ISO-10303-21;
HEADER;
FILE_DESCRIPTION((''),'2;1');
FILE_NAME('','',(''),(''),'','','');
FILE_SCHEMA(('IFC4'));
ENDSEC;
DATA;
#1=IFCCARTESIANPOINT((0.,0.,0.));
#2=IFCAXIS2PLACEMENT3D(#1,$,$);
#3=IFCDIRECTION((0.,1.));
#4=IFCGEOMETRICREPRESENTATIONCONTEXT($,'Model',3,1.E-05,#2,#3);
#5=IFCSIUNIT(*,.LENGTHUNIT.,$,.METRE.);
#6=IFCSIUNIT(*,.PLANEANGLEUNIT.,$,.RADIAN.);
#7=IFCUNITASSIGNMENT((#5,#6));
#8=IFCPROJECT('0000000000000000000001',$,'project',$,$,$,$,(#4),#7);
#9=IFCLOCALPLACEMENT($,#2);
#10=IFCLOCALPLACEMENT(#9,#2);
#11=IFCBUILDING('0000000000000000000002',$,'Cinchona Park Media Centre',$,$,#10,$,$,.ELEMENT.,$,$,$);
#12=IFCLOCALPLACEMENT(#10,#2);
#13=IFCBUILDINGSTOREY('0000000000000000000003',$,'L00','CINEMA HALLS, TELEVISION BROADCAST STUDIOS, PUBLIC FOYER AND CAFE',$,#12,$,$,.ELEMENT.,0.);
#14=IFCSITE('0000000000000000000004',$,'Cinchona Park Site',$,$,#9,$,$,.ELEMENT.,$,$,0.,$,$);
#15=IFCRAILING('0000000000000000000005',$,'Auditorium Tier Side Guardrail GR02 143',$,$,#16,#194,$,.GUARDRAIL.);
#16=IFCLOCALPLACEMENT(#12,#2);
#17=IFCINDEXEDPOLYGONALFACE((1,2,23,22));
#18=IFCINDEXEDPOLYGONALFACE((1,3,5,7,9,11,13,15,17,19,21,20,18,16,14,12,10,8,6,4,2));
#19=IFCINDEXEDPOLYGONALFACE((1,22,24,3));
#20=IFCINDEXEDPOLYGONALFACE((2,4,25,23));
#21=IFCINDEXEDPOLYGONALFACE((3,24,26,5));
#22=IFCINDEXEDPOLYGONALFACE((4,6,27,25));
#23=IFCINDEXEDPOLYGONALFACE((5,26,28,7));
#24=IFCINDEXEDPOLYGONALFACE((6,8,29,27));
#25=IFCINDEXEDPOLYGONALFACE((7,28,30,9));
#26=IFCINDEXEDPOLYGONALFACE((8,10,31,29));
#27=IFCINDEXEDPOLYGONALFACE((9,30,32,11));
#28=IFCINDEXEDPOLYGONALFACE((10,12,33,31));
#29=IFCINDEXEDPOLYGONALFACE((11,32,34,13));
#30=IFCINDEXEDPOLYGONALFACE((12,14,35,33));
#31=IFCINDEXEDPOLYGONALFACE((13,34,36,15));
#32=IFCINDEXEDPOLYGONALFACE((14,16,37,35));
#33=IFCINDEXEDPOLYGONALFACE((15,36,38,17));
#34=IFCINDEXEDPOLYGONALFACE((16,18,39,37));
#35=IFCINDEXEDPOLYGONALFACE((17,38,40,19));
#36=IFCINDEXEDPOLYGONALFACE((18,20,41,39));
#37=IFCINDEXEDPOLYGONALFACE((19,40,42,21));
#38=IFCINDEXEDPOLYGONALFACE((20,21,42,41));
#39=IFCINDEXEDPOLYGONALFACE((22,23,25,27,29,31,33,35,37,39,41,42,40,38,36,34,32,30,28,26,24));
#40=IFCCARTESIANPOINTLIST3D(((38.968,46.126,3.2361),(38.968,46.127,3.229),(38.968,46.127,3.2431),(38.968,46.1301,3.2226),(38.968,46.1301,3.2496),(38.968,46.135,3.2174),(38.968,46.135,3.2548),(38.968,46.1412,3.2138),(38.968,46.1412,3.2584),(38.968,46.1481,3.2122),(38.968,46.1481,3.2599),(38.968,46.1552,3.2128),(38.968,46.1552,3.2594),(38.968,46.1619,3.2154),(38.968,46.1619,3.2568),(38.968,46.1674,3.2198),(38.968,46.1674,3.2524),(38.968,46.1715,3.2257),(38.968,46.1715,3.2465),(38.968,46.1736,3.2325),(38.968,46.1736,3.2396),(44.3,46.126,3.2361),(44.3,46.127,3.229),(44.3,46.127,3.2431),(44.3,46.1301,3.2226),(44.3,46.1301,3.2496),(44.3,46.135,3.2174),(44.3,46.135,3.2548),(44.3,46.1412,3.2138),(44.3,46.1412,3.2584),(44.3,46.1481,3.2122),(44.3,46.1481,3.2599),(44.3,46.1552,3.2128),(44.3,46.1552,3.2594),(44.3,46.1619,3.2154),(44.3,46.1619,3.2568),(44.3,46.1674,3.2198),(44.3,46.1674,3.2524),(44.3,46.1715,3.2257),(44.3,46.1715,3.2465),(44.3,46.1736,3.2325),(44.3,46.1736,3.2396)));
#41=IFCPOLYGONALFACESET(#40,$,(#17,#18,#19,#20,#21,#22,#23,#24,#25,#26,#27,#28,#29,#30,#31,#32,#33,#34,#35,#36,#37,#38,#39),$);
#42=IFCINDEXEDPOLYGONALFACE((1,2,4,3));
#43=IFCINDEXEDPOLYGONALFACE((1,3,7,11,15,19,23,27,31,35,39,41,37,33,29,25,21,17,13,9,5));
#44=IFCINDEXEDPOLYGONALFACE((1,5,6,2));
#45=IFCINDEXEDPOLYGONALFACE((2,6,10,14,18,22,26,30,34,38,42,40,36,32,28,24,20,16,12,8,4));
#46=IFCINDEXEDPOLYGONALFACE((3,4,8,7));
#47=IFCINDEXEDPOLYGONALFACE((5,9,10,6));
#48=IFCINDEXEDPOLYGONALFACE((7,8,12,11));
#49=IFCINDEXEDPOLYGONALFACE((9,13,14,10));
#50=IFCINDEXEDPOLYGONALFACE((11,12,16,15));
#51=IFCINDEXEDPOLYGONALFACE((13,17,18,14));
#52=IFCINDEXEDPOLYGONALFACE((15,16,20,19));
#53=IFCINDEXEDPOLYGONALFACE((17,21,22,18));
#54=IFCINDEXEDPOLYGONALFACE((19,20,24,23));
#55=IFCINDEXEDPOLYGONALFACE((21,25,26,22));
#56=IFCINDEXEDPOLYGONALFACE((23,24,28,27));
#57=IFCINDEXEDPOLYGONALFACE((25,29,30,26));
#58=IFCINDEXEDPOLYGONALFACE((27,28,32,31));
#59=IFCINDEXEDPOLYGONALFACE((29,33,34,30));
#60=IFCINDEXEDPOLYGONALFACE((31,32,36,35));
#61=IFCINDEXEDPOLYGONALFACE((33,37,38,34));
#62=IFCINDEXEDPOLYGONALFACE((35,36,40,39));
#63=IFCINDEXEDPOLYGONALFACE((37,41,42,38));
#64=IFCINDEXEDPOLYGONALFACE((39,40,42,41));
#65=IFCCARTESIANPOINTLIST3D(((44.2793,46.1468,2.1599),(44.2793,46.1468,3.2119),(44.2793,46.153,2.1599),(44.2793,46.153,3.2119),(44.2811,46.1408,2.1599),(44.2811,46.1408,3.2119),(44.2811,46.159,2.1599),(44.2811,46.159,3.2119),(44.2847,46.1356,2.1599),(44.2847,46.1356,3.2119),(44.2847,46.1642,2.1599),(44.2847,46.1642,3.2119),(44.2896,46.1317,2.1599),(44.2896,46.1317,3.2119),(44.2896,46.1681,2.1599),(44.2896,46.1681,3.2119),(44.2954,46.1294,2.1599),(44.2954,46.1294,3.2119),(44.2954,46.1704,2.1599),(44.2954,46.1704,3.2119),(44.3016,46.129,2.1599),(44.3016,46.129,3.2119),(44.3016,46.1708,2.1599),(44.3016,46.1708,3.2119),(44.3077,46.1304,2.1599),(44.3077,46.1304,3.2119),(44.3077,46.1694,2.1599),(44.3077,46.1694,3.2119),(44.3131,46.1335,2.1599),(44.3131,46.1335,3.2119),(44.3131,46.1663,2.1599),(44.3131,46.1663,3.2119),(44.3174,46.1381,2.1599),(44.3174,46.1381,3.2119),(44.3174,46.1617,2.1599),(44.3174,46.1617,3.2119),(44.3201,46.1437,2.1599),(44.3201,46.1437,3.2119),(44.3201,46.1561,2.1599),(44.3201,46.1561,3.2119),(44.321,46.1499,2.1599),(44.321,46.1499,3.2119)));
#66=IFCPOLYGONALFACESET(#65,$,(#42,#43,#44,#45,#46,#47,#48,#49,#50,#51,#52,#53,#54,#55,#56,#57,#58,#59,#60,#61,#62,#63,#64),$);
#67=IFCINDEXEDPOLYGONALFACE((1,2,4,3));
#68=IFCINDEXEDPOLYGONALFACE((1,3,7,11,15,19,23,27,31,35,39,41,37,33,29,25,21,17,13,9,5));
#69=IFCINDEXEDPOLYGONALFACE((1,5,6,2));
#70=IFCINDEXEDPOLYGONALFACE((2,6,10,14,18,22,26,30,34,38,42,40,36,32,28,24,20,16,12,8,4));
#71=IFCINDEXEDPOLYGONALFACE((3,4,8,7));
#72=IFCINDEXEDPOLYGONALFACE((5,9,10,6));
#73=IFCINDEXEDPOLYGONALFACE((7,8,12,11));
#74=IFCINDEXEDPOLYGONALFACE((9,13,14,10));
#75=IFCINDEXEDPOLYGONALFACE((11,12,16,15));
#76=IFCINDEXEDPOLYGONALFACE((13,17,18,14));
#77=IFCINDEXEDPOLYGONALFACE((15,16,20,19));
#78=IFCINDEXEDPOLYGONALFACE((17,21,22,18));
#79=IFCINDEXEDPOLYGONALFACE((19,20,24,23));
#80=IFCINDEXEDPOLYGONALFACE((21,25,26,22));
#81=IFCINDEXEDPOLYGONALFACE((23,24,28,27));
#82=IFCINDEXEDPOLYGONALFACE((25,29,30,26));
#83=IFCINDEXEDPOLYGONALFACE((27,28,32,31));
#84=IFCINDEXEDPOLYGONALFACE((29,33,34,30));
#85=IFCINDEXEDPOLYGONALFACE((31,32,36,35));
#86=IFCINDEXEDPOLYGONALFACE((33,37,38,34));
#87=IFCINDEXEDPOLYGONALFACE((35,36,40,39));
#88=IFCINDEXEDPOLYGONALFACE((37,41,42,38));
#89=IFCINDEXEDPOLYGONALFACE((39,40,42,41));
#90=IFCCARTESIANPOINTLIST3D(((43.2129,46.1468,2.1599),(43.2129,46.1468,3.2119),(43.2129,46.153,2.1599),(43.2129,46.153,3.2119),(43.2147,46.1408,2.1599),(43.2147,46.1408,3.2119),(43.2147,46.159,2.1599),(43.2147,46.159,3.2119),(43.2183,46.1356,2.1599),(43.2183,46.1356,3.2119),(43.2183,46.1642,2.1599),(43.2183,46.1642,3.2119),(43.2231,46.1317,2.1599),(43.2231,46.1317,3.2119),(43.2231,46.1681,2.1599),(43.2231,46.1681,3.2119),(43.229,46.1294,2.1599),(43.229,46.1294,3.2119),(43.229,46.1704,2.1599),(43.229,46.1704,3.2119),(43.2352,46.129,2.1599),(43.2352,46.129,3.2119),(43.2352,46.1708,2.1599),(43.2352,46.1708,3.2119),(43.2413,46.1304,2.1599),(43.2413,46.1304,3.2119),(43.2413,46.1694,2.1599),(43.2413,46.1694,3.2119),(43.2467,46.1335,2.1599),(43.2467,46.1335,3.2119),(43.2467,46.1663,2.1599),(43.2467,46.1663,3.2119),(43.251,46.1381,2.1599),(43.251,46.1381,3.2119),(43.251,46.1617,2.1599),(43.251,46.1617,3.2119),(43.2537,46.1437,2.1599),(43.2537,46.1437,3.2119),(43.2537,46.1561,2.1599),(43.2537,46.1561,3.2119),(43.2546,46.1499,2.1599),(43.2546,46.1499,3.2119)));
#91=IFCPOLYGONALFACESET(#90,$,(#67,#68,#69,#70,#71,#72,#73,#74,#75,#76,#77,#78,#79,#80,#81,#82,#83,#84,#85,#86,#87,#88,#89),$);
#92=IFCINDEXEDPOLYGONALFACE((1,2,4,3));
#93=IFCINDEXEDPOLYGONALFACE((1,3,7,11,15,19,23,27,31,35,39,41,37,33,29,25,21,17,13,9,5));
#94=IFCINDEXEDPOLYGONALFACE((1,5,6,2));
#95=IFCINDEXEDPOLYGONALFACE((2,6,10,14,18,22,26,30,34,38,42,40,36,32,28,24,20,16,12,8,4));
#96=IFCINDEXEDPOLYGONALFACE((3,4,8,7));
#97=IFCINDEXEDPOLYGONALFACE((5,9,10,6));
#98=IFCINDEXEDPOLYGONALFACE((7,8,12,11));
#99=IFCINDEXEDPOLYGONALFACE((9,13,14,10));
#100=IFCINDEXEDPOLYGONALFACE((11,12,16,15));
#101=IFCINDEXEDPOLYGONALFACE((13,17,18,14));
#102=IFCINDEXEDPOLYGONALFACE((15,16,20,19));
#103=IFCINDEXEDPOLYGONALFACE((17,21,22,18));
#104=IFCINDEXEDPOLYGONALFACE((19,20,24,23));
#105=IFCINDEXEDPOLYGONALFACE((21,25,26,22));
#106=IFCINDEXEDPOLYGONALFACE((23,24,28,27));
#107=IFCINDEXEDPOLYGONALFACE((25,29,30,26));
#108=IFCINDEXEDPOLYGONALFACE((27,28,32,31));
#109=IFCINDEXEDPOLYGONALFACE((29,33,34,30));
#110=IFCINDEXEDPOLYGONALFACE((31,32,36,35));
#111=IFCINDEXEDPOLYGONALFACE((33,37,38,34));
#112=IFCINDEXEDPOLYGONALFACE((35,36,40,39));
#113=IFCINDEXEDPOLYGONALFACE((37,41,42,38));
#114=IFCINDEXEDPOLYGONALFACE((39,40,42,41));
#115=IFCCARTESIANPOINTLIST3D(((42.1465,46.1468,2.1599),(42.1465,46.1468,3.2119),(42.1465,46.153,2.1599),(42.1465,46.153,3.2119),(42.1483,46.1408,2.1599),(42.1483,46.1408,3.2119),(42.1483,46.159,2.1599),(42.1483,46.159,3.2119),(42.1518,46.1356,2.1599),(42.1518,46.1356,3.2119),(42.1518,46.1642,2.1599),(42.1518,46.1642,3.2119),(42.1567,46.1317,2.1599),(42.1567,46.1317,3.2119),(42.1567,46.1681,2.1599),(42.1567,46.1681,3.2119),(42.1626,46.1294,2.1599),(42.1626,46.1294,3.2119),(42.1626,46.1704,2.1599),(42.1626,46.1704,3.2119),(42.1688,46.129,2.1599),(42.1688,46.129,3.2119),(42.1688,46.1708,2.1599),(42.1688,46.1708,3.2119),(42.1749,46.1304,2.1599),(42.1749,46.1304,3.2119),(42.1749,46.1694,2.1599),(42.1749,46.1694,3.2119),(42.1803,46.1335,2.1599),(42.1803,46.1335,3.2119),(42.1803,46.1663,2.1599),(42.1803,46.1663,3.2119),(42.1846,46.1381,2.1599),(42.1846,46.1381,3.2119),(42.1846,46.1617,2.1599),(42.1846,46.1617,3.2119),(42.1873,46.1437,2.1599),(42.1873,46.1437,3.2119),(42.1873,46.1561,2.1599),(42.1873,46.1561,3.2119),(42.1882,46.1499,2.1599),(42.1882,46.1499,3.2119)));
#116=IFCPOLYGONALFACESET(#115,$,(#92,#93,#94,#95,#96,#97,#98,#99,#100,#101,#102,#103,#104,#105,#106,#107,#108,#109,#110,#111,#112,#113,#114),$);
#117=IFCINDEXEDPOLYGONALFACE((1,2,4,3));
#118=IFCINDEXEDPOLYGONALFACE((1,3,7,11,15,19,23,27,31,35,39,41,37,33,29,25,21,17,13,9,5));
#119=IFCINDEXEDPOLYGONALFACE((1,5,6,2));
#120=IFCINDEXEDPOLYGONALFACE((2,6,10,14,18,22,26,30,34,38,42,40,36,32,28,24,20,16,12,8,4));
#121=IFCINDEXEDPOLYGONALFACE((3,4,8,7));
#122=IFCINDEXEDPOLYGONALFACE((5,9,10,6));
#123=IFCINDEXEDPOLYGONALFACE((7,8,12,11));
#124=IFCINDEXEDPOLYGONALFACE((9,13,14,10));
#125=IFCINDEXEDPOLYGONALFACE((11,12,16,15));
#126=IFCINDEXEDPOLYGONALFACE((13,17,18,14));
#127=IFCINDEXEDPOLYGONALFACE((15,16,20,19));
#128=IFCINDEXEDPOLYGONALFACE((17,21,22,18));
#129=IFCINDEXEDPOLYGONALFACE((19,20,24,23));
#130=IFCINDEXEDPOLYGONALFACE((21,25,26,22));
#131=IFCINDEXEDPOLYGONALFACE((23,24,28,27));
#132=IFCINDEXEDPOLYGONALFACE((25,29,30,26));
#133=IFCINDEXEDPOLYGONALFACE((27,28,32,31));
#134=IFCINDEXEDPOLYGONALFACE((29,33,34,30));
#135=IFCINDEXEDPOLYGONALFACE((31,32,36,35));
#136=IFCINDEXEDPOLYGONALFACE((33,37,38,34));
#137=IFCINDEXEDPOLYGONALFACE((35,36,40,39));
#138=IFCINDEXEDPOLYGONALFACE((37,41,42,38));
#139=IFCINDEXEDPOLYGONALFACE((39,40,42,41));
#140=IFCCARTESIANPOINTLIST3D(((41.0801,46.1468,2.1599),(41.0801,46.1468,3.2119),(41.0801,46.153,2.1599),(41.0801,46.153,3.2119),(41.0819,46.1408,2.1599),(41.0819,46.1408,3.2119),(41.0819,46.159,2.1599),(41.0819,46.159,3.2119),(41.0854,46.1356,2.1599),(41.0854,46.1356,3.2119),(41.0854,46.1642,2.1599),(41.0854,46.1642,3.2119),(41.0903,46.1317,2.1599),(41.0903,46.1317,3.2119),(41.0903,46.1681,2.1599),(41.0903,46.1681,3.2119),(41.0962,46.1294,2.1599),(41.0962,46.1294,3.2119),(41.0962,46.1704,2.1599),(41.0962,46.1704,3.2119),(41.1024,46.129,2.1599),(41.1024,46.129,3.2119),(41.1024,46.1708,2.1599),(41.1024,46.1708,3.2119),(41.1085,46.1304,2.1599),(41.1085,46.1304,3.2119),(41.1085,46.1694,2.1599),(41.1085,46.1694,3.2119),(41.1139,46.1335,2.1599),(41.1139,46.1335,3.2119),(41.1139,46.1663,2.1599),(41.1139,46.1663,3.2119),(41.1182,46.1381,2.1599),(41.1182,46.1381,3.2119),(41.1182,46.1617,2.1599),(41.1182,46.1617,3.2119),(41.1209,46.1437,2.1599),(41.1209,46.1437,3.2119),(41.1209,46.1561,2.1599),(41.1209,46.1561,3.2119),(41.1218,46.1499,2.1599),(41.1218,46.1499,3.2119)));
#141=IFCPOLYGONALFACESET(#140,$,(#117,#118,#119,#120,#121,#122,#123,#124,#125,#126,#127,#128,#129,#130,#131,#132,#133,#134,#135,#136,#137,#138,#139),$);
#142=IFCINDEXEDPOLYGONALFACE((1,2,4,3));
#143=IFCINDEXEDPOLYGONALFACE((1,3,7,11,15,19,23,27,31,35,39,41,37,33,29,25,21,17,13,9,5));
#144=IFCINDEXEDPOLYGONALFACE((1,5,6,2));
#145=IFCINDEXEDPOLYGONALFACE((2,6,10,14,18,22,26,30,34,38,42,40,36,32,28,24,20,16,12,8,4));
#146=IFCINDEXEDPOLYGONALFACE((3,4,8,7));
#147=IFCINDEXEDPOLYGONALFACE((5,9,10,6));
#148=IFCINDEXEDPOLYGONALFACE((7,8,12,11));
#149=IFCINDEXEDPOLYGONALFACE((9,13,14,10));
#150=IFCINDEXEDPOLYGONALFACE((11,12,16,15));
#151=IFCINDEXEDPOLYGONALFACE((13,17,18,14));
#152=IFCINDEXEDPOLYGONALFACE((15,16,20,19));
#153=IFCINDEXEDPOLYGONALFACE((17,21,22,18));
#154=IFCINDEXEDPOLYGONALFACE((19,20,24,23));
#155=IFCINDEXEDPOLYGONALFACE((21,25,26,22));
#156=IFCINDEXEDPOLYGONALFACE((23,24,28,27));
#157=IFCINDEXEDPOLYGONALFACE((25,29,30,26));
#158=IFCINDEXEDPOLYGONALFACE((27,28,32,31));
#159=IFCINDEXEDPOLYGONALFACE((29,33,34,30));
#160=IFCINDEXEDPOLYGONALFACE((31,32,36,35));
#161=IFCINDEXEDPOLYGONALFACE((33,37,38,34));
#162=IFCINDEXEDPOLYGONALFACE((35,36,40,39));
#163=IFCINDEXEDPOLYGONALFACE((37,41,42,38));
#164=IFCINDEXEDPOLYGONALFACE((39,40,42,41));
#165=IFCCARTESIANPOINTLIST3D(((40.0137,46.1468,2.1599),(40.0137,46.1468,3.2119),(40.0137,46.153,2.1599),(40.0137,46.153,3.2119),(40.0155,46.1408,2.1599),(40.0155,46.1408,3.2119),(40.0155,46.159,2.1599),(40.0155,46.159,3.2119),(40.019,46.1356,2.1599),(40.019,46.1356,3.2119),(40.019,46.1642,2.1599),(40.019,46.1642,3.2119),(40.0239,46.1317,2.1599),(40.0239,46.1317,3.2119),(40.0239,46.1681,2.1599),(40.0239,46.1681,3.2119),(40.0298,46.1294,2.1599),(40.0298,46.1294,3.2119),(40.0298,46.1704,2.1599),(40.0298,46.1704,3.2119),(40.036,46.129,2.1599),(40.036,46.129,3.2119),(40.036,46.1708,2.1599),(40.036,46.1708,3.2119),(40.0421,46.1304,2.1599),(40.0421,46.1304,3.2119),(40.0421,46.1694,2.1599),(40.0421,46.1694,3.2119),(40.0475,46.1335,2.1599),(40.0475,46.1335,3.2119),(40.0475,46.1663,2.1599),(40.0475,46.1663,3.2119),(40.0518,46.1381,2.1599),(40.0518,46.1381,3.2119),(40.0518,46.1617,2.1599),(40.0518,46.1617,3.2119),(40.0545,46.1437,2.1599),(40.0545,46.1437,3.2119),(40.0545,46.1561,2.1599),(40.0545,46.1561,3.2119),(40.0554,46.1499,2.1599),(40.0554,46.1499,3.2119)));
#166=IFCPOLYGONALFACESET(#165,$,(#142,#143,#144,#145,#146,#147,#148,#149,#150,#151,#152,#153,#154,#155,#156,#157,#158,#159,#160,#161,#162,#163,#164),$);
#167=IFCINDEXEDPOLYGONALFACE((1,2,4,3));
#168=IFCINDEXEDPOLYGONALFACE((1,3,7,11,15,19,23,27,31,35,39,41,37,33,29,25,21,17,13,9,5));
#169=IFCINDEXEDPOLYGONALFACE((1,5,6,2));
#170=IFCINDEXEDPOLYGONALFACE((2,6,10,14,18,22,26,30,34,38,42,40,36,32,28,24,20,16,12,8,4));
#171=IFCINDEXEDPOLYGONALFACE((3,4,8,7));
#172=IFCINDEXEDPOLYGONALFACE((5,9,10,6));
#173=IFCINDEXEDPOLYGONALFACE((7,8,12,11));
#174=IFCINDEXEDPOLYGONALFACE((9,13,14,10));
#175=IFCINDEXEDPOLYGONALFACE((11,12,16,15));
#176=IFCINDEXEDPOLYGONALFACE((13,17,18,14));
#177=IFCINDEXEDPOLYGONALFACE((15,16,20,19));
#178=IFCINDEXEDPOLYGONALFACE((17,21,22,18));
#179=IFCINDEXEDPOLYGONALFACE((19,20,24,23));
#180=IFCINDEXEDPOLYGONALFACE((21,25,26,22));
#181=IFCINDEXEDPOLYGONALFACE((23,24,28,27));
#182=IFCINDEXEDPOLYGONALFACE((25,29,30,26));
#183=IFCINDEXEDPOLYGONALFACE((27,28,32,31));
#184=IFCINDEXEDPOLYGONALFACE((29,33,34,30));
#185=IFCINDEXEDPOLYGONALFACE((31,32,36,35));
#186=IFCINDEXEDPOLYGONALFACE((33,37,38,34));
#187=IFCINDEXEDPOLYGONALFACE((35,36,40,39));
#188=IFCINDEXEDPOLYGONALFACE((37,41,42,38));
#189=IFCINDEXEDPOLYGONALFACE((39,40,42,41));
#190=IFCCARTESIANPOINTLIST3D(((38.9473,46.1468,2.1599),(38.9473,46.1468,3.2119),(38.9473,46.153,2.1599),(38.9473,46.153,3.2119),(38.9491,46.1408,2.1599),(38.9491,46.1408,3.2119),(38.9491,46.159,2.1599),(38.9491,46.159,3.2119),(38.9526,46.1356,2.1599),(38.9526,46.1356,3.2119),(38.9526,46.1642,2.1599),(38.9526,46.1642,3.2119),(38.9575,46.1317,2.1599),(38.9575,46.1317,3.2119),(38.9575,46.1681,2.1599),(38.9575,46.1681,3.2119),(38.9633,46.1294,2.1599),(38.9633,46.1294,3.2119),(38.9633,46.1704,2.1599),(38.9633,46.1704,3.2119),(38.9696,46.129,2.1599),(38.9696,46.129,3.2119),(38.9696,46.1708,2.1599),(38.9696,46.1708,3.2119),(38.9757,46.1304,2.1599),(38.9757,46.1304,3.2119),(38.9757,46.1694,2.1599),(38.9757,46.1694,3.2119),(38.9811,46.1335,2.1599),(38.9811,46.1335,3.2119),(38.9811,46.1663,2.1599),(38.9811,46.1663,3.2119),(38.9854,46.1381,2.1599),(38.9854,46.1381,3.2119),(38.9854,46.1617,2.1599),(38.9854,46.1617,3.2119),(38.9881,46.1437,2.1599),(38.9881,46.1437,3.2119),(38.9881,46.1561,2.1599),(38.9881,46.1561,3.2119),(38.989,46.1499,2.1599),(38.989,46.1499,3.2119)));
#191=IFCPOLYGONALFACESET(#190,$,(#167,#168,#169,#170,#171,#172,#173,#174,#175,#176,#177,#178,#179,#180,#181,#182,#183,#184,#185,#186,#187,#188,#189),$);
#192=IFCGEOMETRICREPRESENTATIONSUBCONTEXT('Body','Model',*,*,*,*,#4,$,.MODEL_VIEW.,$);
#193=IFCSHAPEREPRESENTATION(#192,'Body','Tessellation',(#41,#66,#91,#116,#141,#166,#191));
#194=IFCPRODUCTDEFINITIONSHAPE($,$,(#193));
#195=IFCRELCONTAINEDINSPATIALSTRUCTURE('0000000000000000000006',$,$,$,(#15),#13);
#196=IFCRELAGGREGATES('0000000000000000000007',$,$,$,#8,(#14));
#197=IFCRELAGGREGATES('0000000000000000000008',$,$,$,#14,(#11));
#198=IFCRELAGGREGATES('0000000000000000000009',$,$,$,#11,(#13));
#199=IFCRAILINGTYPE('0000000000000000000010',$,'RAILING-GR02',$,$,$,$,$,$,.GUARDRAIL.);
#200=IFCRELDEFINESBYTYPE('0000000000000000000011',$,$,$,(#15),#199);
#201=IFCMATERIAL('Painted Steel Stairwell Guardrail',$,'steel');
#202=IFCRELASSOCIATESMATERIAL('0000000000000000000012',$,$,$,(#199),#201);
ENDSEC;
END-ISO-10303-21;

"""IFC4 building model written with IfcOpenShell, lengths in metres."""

from ifc_helpers import new_model, si_unit, direction, frame, origin, origin_2d, place, context, subcontext, project, spatial, circle, extrude, material, type_object, element, save


model = new_model("IFC4")

# Units and contexts
model_context = context("Model", 3, precision=1e-05, world=origin(), true_north=direction((0.0, 1.0)))
body_context = subcontext(model_context, "Body", "Model", "MODEL_VIEW")
ifc_project = project(units=[si_unit("LENGTHUNIT", "METRE"), si_unit("PLANEANGLEUNIT", "RADIAN")], contexts=[model_context])

# Site, building, storey
site_placement = place(None, origin())
site = spatial("IfcSite", under=ifc_project, at=site_placement, Name="Cinchona Park Site", CompositionType="ELEMENT", RefElevation=0.0)
building_placement = place(site_placement, origin())
building = spatial("IfcBuilding", under=site, at=building_placement, Name="Cinchona Park Media Centre", CompositionType="ELEMENT")
storey_placement = place(building_placement, origin())
storey = spatial("IfcBuildingStorey", under=building, at=storey_placement, Name="L00", Description="CINEMA HALLS, TELEVISION BROADCAST STUDIOS, PUBLIC FOYER AND CAFE", CompositionType="ELEMENT", Elevation=0.0)

# Railing
ifc_material_1 = material(Name="Painted Steel Stairwell Guardrail", Category="steel")
railing_type_1 = type_object("IfcRailingType", Name="RAILING-GR02", PredefinedType="GUARDRAIL", material=ifc_material_1)
railing_1_placement = place(storey_placement, frame((44.3, 46.1499, 2.1599)))
element("IfcRailing", 1, at=railing_1_placement, inside=storey, type_object=railing_type_1, Name="Auditorium Tier Side Guardrail GR02 143", PredefinedType="GUARDRAIL", context=body_context, shape_type="SweptSolid", body=[
    extrude(circle(Radius=0.0239, at=origin_2d()), frame((0.0, 0.0, 1.0762), z_axis=(-1.0, 0.0, 0.0), x_axis=(0.0, -1.0, 0.0)), (0.0, 0.0, 1.0), 5.332),
    extrude(circle(Radius=0.021, at=origin_2d()), origin(), (0.0, 0.0, 1.0), 1.052),
    extrude(circle(Radius=0.021, at=origin_2d()), frame((-1.0664, 0.0, 0.0)), (0.0, 0.0, 1.0), 1.052),
    extrude(circle(Radius=0.021, at=origin_2d()), frame((-2.1328, 0.0, 0.0)), (0.0, 0.0, 1.0), 1.052),
    extrude(circle(Radius=0.021, at=origin_2d()), frame((-3.1992, 0.0, 0.0)), (0.0, 0.0, 1.0), 1.052),
    extrude(circle(Radius=0.021, at=origin_2d()), frame((-4.2656, 0.0, 0.0)), (0.0, 0.0, 1.0), 1.052),
    extrude(circle(Radius=0.021, at=origin_2d()), frame((-5.332, 0.0, 0.0)), (0.0, 0.0, 1.0), 1.052),
])

save(model, "model.ifc")
